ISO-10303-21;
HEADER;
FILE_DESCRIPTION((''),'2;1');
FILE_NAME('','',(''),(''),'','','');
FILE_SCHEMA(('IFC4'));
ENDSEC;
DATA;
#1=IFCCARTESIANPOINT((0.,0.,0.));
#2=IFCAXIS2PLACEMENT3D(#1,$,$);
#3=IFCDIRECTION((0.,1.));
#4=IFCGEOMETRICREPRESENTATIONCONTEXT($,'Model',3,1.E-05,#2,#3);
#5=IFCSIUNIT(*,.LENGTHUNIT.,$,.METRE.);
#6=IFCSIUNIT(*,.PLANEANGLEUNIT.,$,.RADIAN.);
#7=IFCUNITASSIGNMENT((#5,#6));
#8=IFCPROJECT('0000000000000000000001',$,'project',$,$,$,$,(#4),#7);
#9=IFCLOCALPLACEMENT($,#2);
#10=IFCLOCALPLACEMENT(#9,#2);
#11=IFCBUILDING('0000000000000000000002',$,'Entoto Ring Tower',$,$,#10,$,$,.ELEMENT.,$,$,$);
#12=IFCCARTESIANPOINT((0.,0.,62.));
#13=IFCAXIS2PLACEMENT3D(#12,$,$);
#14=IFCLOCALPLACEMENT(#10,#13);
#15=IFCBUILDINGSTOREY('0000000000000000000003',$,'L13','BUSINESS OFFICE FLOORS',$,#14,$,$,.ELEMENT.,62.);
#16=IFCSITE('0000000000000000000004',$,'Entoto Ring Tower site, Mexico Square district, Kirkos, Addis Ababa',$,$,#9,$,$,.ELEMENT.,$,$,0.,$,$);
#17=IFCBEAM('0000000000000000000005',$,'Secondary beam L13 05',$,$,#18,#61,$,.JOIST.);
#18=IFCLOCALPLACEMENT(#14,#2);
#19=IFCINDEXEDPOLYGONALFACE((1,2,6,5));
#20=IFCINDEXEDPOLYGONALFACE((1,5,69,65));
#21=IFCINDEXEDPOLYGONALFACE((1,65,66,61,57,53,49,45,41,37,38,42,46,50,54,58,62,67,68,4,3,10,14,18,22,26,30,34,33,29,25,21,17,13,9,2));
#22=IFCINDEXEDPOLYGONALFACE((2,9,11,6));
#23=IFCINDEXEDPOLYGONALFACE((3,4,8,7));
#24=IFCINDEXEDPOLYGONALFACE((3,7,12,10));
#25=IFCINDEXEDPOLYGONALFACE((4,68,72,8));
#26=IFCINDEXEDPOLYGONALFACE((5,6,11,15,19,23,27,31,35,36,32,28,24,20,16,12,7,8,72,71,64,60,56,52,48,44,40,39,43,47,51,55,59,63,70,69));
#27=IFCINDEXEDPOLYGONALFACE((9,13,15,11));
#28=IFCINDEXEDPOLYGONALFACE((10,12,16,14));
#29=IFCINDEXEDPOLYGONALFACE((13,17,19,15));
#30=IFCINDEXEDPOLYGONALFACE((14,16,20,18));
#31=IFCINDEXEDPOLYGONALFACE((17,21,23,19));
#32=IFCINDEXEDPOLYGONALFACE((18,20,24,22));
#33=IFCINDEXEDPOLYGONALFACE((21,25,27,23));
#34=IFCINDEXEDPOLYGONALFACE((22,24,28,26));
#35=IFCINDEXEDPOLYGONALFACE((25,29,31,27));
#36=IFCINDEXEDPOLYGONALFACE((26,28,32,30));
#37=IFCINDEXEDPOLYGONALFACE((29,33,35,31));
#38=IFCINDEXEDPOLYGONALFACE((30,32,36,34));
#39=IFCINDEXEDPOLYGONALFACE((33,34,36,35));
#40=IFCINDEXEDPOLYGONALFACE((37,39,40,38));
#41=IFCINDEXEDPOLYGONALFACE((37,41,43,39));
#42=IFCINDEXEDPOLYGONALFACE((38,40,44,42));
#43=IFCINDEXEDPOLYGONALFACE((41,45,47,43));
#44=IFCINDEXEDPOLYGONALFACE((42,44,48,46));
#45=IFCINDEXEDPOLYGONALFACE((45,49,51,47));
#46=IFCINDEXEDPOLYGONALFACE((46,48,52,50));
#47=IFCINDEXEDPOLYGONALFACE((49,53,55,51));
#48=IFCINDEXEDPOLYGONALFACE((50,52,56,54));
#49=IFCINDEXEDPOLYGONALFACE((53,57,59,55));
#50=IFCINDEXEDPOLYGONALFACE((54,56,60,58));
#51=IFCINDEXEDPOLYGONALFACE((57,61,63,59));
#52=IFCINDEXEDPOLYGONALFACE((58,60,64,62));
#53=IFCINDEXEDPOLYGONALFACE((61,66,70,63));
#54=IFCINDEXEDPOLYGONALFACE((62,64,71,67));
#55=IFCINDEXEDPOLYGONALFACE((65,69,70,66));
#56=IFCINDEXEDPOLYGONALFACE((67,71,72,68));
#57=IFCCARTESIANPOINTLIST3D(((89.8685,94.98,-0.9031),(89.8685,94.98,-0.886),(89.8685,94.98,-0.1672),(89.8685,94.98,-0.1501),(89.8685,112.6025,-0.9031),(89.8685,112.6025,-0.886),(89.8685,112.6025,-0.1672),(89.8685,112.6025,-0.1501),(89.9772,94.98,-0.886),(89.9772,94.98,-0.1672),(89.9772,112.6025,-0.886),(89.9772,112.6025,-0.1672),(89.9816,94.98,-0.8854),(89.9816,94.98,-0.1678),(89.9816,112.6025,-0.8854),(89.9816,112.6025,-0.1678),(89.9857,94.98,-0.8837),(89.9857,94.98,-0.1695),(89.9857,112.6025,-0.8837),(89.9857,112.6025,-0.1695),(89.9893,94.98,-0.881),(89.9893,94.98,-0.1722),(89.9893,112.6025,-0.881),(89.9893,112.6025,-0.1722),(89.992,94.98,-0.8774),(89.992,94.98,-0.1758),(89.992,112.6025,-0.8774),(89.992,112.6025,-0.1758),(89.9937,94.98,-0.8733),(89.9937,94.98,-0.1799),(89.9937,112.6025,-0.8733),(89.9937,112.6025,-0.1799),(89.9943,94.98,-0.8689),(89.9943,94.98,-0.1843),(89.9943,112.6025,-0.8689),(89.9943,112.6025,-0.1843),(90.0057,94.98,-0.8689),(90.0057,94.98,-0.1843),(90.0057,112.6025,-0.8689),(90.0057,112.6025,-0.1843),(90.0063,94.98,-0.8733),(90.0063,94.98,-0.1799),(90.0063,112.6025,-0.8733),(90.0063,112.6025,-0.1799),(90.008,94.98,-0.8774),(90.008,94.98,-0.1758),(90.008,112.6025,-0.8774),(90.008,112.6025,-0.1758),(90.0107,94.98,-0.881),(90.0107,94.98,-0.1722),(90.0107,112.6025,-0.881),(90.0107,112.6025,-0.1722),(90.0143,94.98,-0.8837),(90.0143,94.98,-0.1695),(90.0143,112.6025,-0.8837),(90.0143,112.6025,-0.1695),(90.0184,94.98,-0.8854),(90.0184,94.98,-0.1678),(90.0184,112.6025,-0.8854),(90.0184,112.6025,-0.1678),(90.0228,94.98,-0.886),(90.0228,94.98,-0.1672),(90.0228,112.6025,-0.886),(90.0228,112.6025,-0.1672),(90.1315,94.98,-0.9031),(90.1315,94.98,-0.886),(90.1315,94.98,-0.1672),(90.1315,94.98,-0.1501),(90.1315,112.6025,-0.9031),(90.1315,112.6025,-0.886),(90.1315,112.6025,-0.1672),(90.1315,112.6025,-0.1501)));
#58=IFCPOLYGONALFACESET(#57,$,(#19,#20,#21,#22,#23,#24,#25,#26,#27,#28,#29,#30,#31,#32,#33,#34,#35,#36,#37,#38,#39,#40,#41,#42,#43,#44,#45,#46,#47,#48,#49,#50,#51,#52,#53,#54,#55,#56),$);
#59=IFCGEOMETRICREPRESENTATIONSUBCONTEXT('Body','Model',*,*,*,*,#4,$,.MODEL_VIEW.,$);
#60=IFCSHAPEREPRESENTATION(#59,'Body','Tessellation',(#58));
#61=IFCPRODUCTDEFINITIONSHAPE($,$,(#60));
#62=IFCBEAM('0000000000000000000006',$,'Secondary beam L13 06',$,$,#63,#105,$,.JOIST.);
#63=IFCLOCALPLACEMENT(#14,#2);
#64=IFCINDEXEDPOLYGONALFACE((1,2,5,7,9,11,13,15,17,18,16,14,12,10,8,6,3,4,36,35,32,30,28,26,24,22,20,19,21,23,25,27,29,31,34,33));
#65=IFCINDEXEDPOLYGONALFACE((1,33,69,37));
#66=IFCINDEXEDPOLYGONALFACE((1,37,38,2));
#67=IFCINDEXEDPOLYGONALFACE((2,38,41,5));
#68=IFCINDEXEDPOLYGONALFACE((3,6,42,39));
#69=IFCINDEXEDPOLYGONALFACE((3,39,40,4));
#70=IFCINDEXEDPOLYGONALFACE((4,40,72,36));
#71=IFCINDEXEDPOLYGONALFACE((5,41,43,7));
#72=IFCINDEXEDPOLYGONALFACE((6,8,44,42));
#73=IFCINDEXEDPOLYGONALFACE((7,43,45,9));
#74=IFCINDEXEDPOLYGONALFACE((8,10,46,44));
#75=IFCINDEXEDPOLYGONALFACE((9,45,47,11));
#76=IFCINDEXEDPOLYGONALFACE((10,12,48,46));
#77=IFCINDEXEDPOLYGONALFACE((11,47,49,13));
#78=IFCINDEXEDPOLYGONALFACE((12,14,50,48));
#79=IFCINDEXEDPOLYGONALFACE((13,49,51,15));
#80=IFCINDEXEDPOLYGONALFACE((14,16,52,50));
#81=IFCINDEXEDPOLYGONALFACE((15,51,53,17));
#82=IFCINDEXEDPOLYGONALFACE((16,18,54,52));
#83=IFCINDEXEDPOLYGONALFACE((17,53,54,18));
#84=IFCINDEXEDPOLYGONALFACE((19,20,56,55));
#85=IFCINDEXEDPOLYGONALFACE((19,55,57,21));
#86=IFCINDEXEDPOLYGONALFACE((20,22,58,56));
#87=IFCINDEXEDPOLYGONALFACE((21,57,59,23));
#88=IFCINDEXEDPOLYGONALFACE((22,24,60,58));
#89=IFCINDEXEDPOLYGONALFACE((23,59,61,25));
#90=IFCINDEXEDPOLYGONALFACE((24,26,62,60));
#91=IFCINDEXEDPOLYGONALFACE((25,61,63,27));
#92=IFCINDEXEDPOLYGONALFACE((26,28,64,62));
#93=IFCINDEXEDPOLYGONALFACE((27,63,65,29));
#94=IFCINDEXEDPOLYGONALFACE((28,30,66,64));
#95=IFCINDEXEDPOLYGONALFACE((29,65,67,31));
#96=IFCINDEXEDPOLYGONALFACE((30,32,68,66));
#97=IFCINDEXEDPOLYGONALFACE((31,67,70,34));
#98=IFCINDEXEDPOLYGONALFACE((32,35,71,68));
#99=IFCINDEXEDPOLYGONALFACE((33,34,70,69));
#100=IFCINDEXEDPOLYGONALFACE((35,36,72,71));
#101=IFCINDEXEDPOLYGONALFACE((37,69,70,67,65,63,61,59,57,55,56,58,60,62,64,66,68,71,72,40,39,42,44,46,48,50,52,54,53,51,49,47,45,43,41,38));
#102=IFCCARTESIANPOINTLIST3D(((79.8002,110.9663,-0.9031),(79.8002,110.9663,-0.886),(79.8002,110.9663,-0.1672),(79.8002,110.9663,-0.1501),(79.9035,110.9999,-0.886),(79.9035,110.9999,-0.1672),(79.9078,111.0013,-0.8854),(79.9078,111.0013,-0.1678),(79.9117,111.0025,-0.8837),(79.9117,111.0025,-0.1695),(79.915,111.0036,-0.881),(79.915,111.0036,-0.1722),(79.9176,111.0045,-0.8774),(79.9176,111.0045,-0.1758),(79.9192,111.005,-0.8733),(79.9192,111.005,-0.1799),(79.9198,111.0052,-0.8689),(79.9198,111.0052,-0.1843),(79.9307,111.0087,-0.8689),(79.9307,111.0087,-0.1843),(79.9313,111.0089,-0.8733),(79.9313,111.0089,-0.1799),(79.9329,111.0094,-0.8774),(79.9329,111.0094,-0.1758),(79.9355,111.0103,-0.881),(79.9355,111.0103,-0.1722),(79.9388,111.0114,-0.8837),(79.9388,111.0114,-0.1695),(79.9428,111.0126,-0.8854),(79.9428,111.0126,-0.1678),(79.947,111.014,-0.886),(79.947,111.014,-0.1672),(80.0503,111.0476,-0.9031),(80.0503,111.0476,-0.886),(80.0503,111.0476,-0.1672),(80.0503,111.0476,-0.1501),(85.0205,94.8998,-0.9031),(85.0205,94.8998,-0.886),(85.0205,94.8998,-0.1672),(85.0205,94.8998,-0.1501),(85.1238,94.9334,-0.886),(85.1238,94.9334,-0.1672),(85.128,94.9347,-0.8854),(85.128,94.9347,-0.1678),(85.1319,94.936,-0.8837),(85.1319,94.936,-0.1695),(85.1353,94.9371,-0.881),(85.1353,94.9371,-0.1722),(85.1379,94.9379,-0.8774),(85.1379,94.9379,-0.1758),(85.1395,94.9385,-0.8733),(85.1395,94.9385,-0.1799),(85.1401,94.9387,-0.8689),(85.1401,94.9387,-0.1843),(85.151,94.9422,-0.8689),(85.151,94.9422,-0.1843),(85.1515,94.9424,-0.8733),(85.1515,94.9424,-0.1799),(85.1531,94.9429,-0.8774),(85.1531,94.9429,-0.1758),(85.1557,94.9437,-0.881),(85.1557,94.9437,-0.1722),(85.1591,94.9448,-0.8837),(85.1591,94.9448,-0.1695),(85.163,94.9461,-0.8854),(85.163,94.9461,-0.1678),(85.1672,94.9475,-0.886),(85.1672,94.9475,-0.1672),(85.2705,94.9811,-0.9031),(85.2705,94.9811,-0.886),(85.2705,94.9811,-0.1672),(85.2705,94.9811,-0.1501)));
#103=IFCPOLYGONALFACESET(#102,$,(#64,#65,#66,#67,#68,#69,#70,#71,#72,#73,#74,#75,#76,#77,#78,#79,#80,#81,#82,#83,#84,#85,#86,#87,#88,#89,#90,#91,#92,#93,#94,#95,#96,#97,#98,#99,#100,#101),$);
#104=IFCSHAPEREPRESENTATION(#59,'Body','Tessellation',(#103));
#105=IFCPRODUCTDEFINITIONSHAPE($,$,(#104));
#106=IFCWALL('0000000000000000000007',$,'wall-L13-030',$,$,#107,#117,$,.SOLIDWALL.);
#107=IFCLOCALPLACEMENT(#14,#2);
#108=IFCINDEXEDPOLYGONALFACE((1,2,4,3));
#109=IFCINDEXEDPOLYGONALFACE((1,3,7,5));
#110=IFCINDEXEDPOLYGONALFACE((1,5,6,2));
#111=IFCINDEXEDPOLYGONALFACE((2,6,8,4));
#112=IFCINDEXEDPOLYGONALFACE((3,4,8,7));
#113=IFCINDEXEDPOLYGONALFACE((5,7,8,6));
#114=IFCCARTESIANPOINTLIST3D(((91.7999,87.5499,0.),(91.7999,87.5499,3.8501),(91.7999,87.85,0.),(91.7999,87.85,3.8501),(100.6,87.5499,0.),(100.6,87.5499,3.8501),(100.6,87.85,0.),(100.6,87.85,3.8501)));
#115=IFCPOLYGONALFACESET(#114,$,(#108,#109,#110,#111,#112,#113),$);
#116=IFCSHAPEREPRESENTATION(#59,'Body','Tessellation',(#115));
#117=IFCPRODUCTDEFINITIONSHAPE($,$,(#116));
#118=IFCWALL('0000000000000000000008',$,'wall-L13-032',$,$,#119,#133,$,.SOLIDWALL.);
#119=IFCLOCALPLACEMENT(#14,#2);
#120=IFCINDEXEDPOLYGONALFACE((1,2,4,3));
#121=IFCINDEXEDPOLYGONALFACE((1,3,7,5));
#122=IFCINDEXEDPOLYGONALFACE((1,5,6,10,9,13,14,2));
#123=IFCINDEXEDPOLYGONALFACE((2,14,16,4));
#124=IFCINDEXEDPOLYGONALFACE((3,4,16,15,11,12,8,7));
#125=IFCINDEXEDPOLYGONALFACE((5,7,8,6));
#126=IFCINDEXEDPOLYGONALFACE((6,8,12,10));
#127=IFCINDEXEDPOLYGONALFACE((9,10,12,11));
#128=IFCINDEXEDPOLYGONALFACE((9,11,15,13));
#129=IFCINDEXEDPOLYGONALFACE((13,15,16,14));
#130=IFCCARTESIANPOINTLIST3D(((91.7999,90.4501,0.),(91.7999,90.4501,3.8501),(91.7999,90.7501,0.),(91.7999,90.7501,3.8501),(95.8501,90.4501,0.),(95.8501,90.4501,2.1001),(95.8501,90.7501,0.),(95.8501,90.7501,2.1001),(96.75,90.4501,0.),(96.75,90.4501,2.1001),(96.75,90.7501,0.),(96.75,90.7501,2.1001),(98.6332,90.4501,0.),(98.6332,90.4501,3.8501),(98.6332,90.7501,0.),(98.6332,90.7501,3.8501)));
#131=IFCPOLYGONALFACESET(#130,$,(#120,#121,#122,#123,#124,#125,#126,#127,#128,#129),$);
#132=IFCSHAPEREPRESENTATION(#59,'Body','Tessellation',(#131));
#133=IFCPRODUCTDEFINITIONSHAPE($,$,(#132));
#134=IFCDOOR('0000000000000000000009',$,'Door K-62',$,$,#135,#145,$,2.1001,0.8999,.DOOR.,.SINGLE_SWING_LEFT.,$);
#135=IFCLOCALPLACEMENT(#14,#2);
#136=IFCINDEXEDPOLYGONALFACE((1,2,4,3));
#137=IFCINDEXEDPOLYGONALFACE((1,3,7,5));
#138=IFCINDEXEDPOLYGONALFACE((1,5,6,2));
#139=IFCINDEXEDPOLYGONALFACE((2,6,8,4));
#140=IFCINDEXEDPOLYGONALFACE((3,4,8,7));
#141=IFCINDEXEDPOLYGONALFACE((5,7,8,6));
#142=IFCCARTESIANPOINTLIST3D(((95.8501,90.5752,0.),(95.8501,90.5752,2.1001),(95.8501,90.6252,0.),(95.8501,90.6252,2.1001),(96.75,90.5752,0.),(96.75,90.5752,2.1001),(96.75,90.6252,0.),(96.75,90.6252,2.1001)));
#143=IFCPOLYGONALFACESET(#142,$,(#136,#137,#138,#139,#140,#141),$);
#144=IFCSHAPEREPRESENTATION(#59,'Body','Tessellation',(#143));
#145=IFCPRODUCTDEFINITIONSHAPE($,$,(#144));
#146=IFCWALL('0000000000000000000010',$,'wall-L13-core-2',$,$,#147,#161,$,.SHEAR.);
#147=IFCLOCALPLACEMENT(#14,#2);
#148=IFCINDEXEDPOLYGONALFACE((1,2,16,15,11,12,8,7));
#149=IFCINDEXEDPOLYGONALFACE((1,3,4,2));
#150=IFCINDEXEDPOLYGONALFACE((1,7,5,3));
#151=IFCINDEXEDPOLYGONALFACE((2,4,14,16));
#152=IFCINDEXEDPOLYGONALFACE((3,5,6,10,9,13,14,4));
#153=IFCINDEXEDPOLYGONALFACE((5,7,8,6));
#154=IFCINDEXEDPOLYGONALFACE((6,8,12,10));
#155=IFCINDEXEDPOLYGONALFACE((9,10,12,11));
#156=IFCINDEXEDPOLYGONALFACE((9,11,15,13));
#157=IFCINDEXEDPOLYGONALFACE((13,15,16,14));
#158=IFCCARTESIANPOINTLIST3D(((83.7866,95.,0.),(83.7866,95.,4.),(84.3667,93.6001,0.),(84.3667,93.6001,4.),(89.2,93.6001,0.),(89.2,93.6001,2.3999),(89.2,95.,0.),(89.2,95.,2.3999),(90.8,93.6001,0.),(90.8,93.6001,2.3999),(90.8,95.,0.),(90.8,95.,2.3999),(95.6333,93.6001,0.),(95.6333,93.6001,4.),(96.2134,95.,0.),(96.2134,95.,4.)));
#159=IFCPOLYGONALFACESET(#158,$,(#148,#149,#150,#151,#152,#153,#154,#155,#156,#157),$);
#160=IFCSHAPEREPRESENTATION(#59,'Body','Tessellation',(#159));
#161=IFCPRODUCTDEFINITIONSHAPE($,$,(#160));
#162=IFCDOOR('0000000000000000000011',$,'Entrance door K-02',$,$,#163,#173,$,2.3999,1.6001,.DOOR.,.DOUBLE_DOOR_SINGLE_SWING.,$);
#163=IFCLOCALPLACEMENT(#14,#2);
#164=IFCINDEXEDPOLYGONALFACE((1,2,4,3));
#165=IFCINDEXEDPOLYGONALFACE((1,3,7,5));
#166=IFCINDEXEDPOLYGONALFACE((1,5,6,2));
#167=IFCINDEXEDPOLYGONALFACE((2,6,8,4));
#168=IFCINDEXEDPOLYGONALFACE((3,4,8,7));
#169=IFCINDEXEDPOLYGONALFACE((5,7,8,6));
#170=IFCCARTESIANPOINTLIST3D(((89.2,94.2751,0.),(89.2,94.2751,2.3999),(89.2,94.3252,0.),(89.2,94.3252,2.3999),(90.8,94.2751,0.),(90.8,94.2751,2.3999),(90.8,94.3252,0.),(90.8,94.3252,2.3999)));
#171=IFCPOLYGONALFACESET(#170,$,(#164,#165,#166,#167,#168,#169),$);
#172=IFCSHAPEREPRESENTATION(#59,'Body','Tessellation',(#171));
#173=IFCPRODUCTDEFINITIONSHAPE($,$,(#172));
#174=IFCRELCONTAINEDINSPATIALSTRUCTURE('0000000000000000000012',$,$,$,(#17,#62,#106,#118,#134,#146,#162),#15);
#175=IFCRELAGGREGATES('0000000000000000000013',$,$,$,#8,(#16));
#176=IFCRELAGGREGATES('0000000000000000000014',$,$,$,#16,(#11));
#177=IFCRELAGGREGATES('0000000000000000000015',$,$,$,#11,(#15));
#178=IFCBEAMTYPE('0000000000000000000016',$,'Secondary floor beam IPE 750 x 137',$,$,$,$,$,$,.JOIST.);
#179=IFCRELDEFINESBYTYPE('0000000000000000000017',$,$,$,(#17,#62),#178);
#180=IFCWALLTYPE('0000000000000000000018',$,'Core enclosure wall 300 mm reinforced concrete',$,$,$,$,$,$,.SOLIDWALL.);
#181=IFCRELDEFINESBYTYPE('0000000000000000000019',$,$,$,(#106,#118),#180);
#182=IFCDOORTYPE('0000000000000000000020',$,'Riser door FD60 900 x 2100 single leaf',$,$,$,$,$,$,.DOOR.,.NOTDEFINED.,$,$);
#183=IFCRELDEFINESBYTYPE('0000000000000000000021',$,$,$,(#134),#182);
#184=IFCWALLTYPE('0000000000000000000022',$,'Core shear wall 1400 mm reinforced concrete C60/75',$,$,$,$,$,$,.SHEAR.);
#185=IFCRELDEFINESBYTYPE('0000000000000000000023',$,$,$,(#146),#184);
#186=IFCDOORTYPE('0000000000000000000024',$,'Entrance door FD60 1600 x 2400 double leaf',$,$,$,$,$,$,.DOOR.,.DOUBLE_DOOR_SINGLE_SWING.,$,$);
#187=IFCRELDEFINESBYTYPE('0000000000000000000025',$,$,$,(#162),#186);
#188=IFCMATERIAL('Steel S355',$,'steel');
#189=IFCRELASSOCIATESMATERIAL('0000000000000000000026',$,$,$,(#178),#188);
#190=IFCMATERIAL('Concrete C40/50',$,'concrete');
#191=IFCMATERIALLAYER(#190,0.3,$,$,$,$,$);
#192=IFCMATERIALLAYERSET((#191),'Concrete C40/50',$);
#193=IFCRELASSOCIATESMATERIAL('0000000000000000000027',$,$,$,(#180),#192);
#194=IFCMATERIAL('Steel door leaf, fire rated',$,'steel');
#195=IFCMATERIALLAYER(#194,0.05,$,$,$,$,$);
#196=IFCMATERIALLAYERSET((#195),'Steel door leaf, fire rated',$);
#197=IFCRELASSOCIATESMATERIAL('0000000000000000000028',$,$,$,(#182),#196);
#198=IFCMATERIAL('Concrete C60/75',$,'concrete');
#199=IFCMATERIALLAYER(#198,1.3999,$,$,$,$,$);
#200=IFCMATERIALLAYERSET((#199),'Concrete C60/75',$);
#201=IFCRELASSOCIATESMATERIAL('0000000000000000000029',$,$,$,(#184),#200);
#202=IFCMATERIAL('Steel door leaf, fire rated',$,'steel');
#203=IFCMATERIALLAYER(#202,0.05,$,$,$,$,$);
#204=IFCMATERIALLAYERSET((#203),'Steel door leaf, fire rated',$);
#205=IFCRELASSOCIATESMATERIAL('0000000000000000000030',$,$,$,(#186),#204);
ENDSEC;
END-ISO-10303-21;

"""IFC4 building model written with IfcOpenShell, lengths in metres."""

from ifc_helpers import new_model, si_unit, direction, frame, frame_2d, origin, origin_2d, place, context, subcontext, project, spatial, polyline, rectangle, i_section, outline, extrude, material, layer, layer_set, material_profile, profile_set, type_object, element, fill, save


model = new_model("IFC4")

# Units and contexts
model_context = context("Model", 3, precision=1e-05, world=origin(), true_north=direction((0.0, 1.0)))
body_context = subcontext(model_context, "Body", "Model", "MODEL_VIEW")
ifc_project = project(units=[si_unit("LENGTHUNIT", "METRE"), si_unit("PLANEANGLEUNIT", "RADIAN")], contexts=[model_context])

# Site, building, storey
site_placement = place(None, origin())
site = spatial("IfcSite", under=ifc_project, at=site_placement, Name="Entoto Ring Tower site, Mexico Square district, Kirkos, Addis Ababa", CompositionType="ELEMENT", RefElevation=0.0)
building_placement = place(site_placement, origin())
building = spatial("IfcBuilding", under=site, at=building_placement, Name="Entoto Ring Tower", CompositionType="ELEMENT")
storey_placement = place(building_placement, frame((0.0, 0.0, 62.0)))
storey = spatial("IfcBuildingStorey", under=building, at=storey_placement, Name="L13", Description="BUSINESS OFFICE FLOORS", CompositionType="ELEMENT", Elevation=62.0)

# Beams
ifc_material_1 = material(Name="Steel S355", Category="steel")
ifc_material_profile_1 = material_profile(ifc_material_1, i_section(OverallWidth=0.2629, OverallDepth=0.7529, WebThickness=0.0115, FlangeThickness=0.0171, FilletRadius=0.0171, at=origin_2d()), Name="IPE 750 x 137")
ifc_profile_set_1 = profile_set([ifc_material_profile_1], Name="Steel S355")
beam_type_1 = type_object("IfcBeamType", Name="Secondary floor beam IPE 750 x 137", PredefinedType="JOIST", material=ifc_profile_set_1)
beam_1_placement = place(storey_placement, frame((90.0, 94.98, -0.5266), z_axis=(0.0, 1.0, 0.0), x_axis=(-1.0, 0.0, 0.0)))
element("IfcBeam", 1, at=beam_1_placement, inside=storey, type_object=beam_type_1, Name="Secondary beam L13 05", PredefinedType="JOIST", context=body_context, shape_type="SweptSolid", body=[
    extrude(i_section(OverallWidth=0.2629, OverallDepth=0.7529, WebThickness=0.0115, FlangeThickness=0.0171, FilletRadius=0.0171, at=origin_2d()), origin(), (0.0, 0.0, 1.0), 17.6226),
])
beam_2_placement = place(storey_placement, frame((85.1455, 94.9404, -0.5266), z_axis=(-0.309013, 0.951058, 0.0), x_axis=(-0.951058, -0.309013, 0.0)))
element("IfcBeam", 2, at=beam_2_placement, inside=storey, type_object=beam_type_1, Name="Secondary beam L13 06", PredefinedType="JOIST", context=body_context, shape_type="SweptSolid", body=[
    extrude(i_section(OverallWidth=0.2629, OverallDepth=0.7529, WebThickness=0.0115, FlangeThickness=0.0171, FilletRadius=0.0171, at=origin_2d()), origin(), (0.0, 0.0, 1.0), 16.8933),
])

# Wall
ifc_material_2 = material(Name="Concrete C40/50", Category="concrete")
ifc_layer_1 = layer(ifc_material_2, 0.3)
ifc_layer_set_1 = layer_set([ifc_layer_1], Name="Concrete C40/50")
wall_type_1 = type_object("IfcWallType", Name="Core enclosure wall 300 mm reinforced concrete", PredefinedType="SOLIDWALL", material=ifc_layer_set_1)
wall_1_placement = place(storey_placement, frame((91.8, 87.7, 0.0), z_axis=(0.0, 0.0, 1.0), x_axis=(1.0, 0.0, 0.0)))
element("IfcWall", 3, at=wall_1_placement, inside=storey, type_object=wall_type_1, Name="wall-L13-030", PredefinedType="SOLIDWALL", context=body_context, shape_type="SweptSolid", body=[
    extrude(rectangle(XDim=8.8, YDim=0.3, at=frame_2d((4.3999, 0.0))), origin(), (0.0, 0.0, 1.0), 3.8501),
])

# Walls, openings, doors
wall_2_placement = place(storey_placement, frame((91.8, 90.6001, 0.0), z_axis=(0.0, 0.0, 1.0), x_axis=(1.0, 0.0, 0.0)))
wall_2 = element("IfcWall", 4, at=wall_2_placement, inside=storey, type_object=wall_type_1, Name="wall-L13-032", PredefinedType="SOLIDWALL", context=body_context, shape_type="SweptSolid", body=[
    extrude(rectangle(XDim=6.8333, YDim=0.3, at=frame_2d((3.4165, 0.0))), origin(), (0.0, 0.0, 1.0), 3.8501),
])
opening_1_placement = place(wall_2_placement, frame((4.05, 0.0, 0.0)))
opening_1 = element("IfcOpeningElement", 5, at=opening_1_placement, cuts=wall_2, PredefinedType="OPENING", context=body_context, shape_type="SweptSolid", body=[
    extrude(rectangle(XDim=0.8999, YDim=2.1001, at=frame_2d((0.45, 1.05))), frame((0.0, 0.1602, 0.0), z_axis=(0.0, -1.0, 0.0), x_axis=(1.0, 0.0, 0.0)), (0.0, 0.0, 1.0), 0.3201),
])
ifc_material_3 = material(Name="Steel door leaf, fire rated", Category="steel")
ifc_layer_2 = layer(ifc_material_3, 0.05)
ifc_layer_set_2 = layer_set([ifc_layer_2], Name="Steel door leaf, fire rated")
door_type_1 = type_object("IfcDoorType", Name="Riser door FD60 900 x 2100 single leaf", OperationType="NOTDEFINED", PredefinedType="DOOR", material=ifc_layer_set_2)
door_1_placement = place(opening_1_placement, frame((0.8999, 0.0, 0.0), z_axis=(0.0, 0.0, 1.0), x_axis=(-1.0, 0.0, 0.0)))
door_1 = element("IfcDoor", 6, at=door_1_placement, inside=storey, type_object=door_type_1, Name="Door K-62", OperationType="SINGLE_SWING_LEFT", OverallHeight=2.1001, OverallWidth=0.8999, PredefinedType="DOOR", context=body_context, shape_type="SweptSolid", body=[
    extrude(rectangle(XDim=0.8999, YDim=2.1001, at=frame_2d((0.45, 1.05))), frame((0.0, 0.0249, 0.0), z_axis=(0.0, -1.0, 0.0), x_axis=(1.0, 0.0, 0.0)), (0.0, 0.0, 1.0), 0.05),
])
fill(opening_1, door_1)
ifc_material_4 = material(Name="Concrete C60/75", Category="concrete")
ifc_layer_3 = layer(ifc_material_4, 1.3999)
ifc_layer_set_3 = layer_set([ifc_layer_3], Name="Concrete C60/75")
wall_type_2 = type_object("IfcWallType", Name="Core shear wall 1400 mm reinforced concrete C60/75", PredefinedType="SHEAR", material=ifc_layer_set_3)
wall_3_placement = place(storey_placement, frame((95.9233, 94.3, 0.0), z_axis=(0.0, 0.0, 1.0), x_axis=(-1.0, 0.0, 0.0)))
wall_3 = element("IfcWall", 7, at=wall_3_placement, inside=storey, type_object=wall_type_2, Name="wall-L13-core-2", PredefinedType="SHEAR", context=body_context, shape_type="SweptSolid", body=[
    extrude(outline(polyline([(-0.29, -0.7), (12.1367, -0.7), (11.5566, 0.7), (0.29, 0.7), (-0.29, -0.7)])), origin(), (0.0, 0.0, 1.0), 4.0),
])
opening_2_placement = place(wall_3_placement, frame((5.1233, 0.0, 0.0)))
opening_2 = element("IfcOpeningElement", 8, at=opening_2_placement, cuts=wall_3, PredefinedType="OPENING", context=body_context, shape_type="SweptSolid", body=[
    extrude(rectangle(XDim=1.6001, YDim=2.3999, at=frame_2d((0.8, 1.2))), frame((0.0, 0.71, 0.0), z_axis=(0.0, -1.0, 0.0), x_axis=(1.0, 0.0, 0.0)), (0.0, 0.0, 1.0), 1.4199),
])
ifc_material_5 = material(Name="Steel door leaf, fire rated", Category="steel")
ifc_layer_4 = layer(ifc_material_5, 0.05)
ifc_layer_set_4 = layer_set([ifc_layer_4], Name="Steel door leaf, fire rated")
door_type_2 = type_object("IfcDoorType", Name="Entrance door FD60 1600 x 2400 double leaf", OperationType="DOUBLE_DOOR_SINGLE_SWING", PredefinedType="DOOR", material=ifc_layer_set_4)
door_2_placement = place(opening_2_placement, origin())
door_2 = element("IfcDoor", 9, at=door_2_placement, inside=storey, type_object=door_type_2, Name="Entrance door K-02", OperationType="DOUBLE_DOOR_SINGLE_SWING", OverallHeight=2.3999, OverallWidth=1.6001, PredefinedType="DOOR", context=body_context, shape_type="SweptSolid", body=[
    extrude(rectangle(XDim=1.6001, YDim=2.3999, at=frame_2d((0.8, 1.2))), frame((0.0, 0.0249, 0.0), z_axis=(0.0, -1.0, 0.0), x_axis=(1.0, 0.0, 0.0)), (0.0, 0.0, 1.0), 0.05),
])
fill(opening_2, door_2)

save(model, "model.ifc")
